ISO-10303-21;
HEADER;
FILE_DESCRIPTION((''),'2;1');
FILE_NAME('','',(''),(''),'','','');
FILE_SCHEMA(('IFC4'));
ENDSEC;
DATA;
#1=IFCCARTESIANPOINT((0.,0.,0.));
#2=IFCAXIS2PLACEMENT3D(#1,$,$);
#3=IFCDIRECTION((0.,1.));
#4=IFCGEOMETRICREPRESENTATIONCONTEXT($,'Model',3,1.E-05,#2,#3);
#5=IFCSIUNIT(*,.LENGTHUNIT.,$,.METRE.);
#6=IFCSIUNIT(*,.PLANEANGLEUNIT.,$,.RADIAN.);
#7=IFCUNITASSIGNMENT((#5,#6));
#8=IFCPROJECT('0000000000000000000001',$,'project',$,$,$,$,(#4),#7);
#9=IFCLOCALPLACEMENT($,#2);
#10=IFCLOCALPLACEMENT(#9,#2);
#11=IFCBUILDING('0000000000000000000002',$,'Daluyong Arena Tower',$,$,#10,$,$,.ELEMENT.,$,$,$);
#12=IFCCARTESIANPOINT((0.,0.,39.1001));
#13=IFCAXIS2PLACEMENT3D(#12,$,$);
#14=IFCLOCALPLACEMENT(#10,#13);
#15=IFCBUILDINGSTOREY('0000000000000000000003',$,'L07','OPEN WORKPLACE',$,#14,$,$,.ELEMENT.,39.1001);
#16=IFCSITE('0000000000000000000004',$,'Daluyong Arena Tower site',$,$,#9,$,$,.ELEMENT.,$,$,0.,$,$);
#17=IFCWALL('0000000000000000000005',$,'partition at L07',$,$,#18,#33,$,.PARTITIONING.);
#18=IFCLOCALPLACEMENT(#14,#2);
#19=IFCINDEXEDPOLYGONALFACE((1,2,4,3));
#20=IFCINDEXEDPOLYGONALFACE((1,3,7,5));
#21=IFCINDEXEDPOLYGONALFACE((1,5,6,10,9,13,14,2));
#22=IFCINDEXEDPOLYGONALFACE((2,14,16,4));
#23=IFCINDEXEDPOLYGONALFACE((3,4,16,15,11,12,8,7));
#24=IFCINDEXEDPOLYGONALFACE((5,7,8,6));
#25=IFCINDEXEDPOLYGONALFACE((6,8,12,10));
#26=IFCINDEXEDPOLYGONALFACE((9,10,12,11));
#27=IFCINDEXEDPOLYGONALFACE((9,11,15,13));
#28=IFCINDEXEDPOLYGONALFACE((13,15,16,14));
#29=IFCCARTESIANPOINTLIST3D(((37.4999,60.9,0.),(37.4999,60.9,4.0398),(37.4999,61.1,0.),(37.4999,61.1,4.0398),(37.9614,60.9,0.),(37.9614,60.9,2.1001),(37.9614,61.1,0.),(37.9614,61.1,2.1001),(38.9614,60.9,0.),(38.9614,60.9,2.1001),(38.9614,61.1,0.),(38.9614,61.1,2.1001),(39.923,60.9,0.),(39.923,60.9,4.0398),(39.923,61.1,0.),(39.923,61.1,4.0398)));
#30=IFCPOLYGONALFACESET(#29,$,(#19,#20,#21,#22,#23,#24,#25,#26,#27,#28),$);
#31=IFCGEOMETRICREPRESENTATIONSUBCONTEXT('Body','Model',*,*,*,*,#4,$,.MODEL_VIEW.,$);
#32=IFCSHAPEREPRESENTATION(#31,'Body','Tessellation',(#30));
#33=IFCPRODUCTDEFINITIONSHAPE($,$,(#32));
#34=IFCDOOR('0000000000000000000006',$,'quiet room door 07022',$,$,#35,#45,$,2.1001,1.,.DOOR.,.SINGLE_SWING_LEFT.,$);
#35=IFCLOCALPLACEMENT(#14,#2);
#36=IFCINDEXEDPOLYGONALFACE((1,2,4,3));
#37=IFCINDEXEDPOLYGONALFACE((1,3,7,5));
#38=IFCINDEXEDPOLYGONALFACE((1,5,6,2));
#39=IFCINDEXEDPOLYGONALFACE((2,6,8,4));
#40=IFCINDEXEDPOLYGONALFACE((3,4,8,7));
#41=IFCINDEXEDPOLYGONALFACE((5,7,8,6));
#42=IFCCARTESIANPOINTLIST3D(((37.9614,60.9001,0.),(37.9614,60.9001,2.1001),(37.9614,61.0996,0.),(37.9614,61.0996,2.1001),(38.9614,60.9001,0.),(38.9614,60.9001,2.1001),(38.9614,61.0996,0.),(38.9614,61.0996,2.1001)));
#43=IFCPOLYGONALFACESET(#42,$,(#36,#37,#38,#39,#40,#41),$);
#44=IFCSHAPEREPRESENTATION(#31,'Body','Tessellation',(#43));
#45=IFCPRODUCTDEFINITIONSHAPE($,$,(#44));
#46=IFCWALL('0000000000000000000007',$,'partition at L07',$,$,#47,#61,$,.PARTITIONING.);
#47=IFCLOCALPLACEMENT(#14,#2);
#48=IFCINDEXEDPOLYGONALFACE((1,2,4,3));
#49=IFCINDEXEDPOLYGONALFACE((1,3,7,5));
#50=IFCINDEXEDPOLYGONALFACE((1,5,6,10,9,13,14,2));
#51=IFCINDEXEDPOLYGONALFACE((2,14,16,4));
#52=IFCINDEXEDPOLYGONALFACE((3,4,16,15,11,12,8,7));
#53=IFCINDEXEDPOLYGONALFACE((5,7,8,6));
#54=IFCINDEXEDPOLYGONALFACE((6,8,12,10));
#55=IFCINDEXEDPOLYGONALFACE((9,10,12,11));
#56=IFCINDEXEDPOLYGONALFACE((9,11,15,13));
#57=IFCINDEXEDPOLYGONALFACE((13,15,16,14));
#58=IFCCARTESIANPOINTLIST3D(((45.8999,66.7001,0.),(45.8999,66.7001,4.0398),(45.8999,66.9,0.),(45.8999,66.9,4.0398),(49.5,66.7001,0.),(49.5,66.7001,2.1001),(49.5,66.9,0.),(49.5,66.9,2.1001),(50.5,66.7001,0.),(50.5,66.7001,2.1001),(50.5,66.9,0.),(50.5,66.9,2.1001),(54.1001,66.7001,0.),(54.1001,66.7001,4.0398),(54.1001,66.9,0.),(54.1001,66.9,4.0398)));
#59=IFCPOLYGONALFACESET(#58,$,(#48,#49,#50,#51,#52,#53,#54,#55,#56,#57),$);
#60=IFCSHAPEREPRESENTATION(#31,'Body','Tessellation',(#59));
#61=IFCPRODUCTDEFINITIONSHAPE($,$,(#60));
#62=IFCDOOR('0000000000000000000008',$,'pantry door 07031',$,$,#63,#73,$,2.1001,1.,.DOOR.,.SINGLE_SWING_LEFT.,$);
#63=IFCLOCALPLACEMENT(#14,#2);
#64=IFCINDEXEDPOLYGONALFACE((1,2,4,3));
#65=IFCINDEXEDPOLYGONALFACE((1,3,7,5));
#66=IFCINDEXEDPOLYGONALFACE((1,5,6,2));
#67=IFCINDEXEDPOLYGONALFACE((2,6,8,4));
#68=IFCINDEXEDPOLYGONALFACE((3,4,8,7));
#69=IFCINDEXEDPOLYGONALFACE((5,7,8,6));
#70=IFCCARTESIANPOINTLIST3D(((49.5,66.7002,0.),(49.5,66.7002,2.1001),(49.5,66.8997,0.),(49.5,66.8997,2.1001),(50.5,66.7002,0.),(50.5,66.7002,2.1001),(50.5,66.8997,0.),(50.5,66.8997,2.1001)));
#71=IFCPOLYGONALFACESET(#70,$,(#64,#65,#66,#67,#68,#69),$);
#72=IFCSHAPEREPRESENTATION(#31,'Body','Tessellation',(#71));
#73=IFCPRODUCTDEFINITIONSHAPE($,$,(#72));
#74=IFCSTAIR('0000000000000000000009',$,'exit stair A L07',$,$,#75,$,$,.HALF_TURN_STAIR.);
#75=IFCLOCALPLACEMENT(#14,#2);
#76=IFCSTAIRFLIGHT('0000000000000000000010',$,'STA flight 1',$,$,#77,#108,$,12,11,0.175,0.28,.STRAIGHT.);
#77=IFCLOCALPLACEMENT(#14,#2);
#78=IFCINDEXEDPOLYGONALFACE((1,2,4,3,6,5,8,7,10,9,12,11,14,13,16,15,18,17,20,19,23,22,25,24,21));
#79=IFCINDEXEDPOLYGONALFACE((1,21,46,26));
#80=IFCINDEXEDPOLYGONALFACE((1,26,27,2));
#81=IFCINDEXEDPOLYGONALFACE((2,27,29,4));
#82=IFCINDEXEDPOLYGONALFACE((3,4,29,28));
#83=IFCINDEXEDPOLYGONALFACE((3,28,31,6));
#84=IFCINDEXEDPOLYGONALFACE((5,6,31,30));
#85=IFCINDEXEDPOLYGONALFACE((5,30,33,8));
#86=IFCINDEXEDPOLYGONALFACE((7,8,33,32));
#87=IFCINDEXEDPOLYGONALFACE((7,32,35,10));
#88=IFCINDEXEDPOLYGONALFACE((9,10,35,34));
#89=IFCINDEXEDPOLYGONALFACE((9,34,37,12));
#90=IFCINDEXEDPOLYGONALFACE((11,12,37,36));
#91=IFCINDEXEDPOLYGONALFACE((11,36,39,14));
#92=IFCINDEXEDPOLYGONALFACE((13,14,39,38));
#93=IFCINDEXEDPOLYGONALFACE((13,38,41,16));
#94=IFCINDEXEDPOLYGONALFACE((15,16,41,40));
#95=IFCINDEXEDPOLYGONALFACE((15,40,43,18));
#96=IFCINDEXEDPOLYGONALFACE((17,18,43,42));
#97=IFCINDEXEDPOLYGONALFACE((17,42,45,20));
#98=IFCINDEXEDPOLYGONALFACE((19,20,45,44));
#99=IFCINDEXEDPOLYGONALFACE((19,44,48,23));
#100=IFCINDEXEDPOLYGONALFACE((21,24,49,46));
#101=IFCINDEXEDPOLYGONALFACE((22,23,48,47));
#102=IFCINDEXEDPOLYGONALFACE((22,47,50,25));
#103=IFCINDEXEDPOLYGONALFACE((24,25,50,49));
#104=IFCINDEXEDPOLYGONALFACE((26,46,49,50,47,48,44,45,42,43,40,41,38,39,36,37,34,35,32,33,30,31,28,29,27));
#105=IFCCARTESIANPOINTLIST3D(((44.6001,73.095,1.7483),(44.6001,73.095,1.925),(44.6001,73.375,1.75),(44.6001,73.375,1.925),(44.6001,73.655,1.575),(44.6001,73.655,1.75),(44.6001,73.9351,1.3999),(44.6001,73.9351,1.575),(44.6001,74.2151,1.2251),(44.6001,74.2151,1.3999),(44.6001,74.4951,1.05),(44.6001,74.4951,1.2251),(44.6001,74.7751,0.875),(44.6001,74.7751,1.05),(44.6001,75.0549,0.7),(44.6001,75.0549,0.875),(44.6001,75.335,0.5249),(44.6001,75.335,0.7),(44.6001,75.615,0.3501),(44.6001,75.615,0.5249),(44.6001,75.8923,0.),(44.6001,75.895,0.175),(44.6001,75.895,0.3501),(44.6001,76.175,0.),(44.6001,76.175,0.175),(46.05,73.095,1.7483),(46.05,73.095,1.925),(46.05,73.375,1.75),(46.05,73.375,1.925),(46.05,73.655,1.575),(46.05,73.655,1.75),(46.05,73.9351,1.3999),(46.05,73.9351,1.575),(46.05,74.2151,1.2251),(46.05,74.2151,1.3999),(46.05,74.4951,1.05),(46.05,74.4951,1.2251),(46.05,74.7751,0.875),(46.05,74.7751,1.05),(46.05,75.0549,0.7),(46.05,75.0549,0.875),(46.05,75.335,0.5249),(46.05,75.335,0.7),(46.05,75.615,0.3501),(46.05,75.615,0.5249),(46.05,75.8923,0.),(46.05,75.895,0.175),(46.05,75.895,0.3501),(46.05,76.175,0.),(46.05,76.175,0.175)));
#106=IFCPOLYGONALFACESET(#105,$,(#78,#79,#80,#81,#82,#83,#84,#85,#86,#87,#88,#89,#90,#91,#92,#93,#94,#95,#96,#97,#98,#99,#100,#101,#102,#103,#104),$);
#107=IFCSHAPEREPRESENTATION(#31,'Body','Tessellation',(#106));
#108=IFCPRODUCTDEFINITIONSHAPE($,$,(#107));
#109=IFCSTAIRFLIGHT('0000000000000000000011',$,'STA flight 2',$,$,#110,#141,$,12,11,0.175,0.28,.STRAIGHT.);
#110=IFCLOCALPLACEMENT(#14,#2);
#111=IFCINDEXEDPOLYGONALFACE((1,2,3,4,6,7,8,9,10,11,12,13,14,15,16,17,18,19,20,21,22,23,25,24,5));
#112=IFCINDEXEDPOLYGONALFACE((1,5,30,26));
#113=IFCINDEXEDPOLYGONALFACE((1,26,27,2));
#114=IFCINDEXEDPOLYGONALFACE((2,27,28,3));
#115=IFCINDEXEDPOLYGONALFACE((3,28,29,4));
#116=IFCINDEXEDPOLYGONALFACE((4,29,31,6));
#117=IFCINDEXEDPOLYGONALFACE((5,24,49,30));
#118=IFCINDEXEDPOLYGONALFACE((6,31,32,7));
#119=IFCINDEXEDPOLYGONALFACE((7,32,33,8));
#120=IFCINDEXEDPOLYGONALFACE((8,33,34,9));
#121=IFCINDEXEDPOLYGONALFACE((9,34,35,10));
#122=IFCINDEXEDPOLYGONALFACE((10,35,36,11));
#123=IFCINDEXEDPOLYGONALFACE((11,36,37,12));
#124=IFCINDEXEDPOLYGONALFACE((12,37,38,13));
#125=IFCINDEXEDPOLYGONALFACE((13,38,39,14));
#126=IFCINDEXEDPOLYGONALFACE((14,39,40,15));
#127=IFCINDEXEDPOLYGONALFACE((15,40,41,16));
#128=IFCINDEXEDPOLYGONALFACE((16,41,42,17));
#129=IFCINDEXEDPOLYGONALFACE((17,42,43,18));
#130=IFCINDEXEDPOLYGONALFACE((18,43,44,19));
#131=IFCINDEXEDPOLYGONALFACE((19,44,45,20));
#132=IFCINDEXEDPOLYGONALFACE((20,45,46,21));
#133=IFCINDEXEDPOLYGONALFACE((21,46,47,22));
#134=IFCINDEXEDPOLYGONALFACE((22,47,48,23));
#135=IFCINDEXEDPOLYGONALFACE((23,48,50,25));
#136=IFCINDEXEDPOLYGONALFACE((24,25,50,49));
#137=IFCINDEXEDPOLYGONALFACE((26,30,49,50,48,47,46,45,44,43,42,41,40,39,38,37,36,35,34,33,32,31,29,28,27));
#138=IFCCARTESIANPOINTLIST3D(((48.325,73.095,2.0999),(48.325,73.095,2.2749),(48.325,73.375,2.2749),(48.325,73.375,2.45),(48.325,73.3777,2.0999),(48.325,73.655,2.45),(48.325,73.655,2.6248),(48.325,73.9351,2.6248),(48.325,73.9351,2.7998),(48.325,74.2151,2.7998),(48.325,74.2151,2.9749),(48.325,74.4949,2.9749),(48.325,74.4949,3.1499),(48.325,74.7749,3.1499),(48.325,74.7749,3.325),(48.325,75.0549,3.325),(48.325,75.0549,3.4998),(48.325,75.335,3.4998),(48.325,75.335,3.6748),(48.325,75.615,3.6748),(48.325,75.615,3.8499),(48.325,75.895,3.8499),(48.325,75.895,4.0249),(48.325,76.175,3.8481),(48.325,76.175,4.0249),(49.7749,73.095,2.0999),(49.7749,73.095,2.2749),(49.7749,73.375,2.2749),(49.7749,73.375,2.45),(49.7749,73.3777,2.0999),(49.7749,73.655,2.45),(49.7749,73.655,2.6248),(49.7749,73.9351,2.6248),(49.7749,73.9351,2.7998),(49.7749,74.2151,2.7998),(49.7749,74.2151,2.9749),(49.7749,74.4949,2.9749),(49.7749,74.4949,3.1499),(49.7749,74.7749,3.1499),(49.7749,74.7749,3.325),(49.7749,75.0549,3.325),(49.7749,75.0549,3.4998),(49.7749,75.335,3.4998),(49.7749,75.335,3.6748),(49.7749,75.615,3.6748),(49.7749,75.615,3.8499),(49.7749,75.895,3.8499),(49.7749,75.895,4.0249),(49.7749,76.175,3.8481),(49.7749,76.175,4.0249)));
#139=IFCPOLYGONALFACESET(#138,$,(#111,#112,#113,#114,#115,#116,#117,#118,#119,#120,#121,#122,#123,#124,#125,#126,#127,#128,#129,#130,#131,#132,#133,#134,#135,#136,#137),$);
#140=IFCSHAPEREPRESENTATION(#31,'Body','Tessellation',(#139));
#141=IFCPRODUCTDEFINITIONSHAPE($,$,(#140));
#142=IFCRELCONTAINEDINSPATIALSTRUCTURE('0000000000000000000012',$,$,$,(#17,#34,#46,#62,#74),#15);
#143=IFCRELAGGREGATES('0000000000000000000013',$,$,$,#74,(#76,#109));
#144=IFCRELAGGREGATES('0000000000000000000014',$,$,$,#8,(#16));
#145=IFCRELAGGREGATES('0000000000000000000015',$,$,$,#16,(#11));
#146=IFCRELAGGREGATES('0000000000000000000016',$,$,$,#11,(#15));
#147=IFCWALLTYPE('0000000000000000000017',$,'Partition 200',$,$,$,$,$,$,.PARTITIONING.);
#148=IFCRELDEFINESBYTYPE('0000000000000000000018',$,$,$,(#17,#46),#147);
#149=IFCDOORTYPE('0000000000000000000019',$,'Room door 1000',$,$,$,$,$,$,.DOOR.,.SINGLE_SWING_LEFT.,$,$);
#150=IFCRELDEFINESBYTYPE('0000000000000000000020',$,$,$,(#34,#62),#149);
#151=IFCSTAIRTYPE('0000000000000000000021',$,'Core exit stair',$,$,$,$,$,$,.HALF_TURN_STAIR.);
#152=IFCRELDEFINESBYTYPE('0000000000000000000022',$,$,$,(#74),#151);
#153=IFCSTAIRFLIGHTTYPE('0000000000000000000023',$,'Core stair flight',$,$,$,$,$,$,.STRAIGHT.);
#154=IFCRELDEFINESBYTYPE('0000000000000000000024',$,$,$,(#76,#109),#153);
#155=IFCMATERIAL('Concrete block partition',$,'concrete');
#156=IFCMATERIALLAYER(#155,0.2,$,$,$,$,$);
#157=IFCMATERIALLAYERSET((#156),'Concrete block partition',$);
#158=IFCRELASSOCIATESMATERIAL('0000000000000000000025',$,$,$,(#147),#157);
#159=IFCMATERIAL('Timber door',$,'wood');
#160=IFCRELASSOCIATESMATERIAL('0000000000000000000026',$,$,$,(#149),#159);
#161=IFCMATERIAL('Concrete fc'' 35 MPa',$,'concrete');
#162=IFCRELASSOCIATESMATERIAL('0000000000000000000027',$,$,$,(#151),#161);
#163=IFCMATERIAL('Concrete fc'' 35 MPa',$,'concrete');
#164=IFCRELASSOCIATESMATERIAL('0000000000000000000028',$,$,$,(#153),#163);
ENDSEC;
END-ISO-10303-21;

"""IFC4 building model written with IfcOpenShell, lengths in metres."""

from ifc_helpers import new_model, si_unit, direction, frame, frame_2d, origin, place, context, subcontext, project, spatial, polyline, rectangle, outline, extrude, material, layer, layer_set, type_object, element, fill, aggregate, save


model = new_model("IFC4")

# Units and contexts
model_context = context("Model", 3, precision=1e-05, world=origin(), true_north=direction((0.0, 1.0)))
body_context = subcontext(model_context, "Body", "Model", "MODEL_VIEW")
ifc_project = project(units=[si_unit("LENGTHUNIT", "METRE"), si_unit("PLANEANGLEUNIT", "RADIAN")], contexts=[model_context])

# Site, building, storey
site_placement = place(None, origin())
site = spatial("IfcSite", under=ifc_project, at=site_placement, Name="Daluyong Arena Tower site", CompositionType="ELEMENT", RefElevation=0.0)
building_placement = place(site_placement, origin())
building = spatial("IfcBuilding", under=site, at=building_placement, Name="Daluyong Arena Tower", CompositionType="ELEMENT")
storey_placement = place(building_placement, frame((0.0, 0.0, 39.1001)))
storey = spatial("IfcBuildingStorey", under=building, at=storey_placement, Name="L07", Description="OPEN WORKPLACE", CompositionType="ELEMENT", Elevation=39.1001)

# Shared definitions
ifc_material_1 = material(Name="Concrete block partition", Category="concrete")
ifc_layer_1 = layer(ifc_material_1, 0.2)
ifc_layer_set_1 = layer_set([ifc_layer_1], Name="Concrete block partition")
wall_type_1 = type_object("IfcWallType", Name="Partition 200", PredefinedType="PARTITIONING", material=ifc_layer_set_1)

# Walls, openings, doors
wall_1_placement = place(storey_placement, frame((37.5, 61.0, 0.0), z_axis=(0.0, 0.0, 1.0), x_axis=(1.0, 0.0, 0.0)))
wall_1 = element("IfcWall", 1, at=wall_1_placement, inside=storey, type_object=wall_type_1, Name="partition at L07", PredefinedType="PARTITIONING", context=body_context, shape_type="SweptSolid", body=[
    extrude(rectangle(XDim=2.4231, YDim=0.2, at=frame_2d((1.2114, 0.0))), origin(), (0.0, 0.0, 1.0), 4.0398),
])
opening_1_placement = place(wall_1_placement, frame((0.4614, 0.0, 0.0)))
opening_1 = element("IfcOpeningElement", 2, at=opening_1_placement, cuts=wall_1, PredefinedType="OPENING", context=body_context, shape_type="SweptSolid", body=[
    extrude(rectangle(XDim=1.0, YDim=2.1001, at=frame_2d((0.5, 1.05))), frame((0.0, 0.1099, 0.0), z_axis=(0.0, -1.0, 0.0), x_axis=(1.0, 0.0, 0.0)), (0.0, 0.0, 1.0), 0.22),
])
ifc_material_2 = material(Name="Timber door", Category="wood")
door_type_1 = type_object("IfcDoorType", Name="Room door 1000", OperationType="SINGLE_SWING_LEFT", PredefinedType="DOOR", material=ifc_material_2)
door_1_placement = place(opening_1_placement, origin())
door_1 = element("IfcDoor", 3, at=door_1_placement, inside=storey, type_object=door_type_1, Name="quiet room door 07022", OperationType="SINGLE_SWING_LEFT", OverallHeight=2.1001, OverallWidth=1.0, PredefinedType="DOOR", context=body_context, shape_type="SweptSolid", body=[
    extrude(rectangle(XDim=1.0, YDim=2.1001, at=frame_2d((0.5, 1.05))), frame((0.0, 0.0996, 0.0), z_axis=(0.0, -1.0, 0.0), x_axis=(1.0, 0.0, 0.0)), (0.0, 0.0, 1.0), 0.1995),
])
fill(opening_1, door_1)
wall_2_placement = place(storey_placement, frame((45.8999, 66.8, 0.0), z_axis=(0.0, 0.0, 1.0), x_axis=(1.0, 0.0, 0.0)))
wall_2 = element("IfcWall", 4, at=wall_2_placement, inside=storey, type_object=wall_type_1, Name="partition at L07", PredefinedType="PARTITIONING", context=body_context, shape_type="SweptSolid", body=[
    extrude(rectangle(XDim=8.2002, YDim=0.2, at=frame_2d((4.1001, 0.0))), origin(), (0.0, 0.0, 1.0), 4.0398),
])
opening_2_placement = place(wall_2_placement, frame((3.6001, 0.0, 0.0)))
opening_2 = element("IfcOpeningElement", 5, at=opening_2_placement, cuts=wall_2, PredefinedType="OPENING", context=body_context, shape_type="SweptSolid", body=[
    extrude(rectangle(XDim=1.0, YDim=2.1001, at=frame_2d((0.5, 1.05))), frame((0.0, 0.1099, 0.0), z_axis=(0.0, -1.0, 0.0), x_axis=(1.0, 0.0, 0.0)), (0.0, 0.0, 1.0), 0.22),
])
door_2_placement = place(opening_2_placement, origin())
door_2 = element("IfcDoor", 6, at=door_2_placement, inside=storey, type_object=door_type_1, Name="pantry door 07031", OperationType="SINGLE_SWING_LEFT", OverallHeight=2.1001, OverallWidth=1.0, PredefinedType="DOOR", context=body_context, shape_type="SweptSolid", body=[
    extrude(rectangle(XDim=1.0, YDim=2.1001, at=frame_2d((0.5, 1.05))), frame((0.0, 0.0996, 0.0), z_axis=(0.0, -1.0, 0.0), x_axis=(1.0, 0.0, 0.0)), (0.0, 0.0, 1.0), 0.1995),
])
fill(opening_2, door_2)

# Stair, stair flights
ifc_material_3 = material(Name="Concrete fc' 35 MPa", Category="concrete")
stair_type = type_object("IfcStairType", Name="Core exit stair", PredefinedType="HALF_TURN_STAIR", material=ifc_material_3)
stair_placement = place(storey_placement, origin())
stair = element("IfcStair", 7, at=stair_placement, inside=storey, type_object=stair_type, Name="exit stair A L07", PredefinedType="HALF_TURN_STAIR")
ifc_material_4 = material(Name="Concrete fc' 35 MPa", Category="concrete")
stair_flight_type = type_object("IfcStairFlightType", Name="Core stair flight", PredefinedType="STRAIGHT", material=ifc_material_4)
stair_flight_1_placement = place(storey_placement, frame((45.325, 76.175, 0.0), z_axis=(0.0, 0.0, 1.0), x_axis=(0.0, -1.0, 0.0)))
stair_flight_1 = element("IfcStairFlight", 8, at=stair_flight_1_placement, type_object=stair_flight_type, Name="STA flight 1", NumberOfRisers=12, NumberOfTreads=11, PredefinedType="STRAIGHT", RiserHeight=0.175, TreadLength=0.28, context=body_context, shape_type="SweptSolid", body=[
    extrude(outline(polyline([(0.0, 0.0), (0.0, 0.175), (0.28, 0.175), (0.28, 0.3501), (0.5601, 0.3501), (0.5601, 0.5249), (0.8401, 0.5249), (0.8401, 0.7), (1.1201, 0.7), (1.1201, 0.875), (1.3999, 0.875), (1.3999, 1.05), (1.6799, 1.05), (1.6799, 1.2251), (1.96, 1.2251), (1.96, 1.3999), (2.24, 1.3999), (2.24, 1.575), (2.52, 1.575), (2.52, 1.75), (2.8, 1.75), (2.8, 1.925), (3.0801, 1.925), (3.0801, 2.1001), (3.0801, 1.7483), (0.2827, 0.0), (0.0, 0.0)])), frame((0.0, 0.7251, 0.0), z_axis=(0.0, -1.0, 0.0), x_axis=(1.0, 0.0, 0.0)), (0.0, 0.0, 1.0), 1.45),
])
stair_flight_2_placement = place(storey_placement, frame((49.05, 73.095, 2.0999), z_axis=(0.0, 0.0, 1.0), x_axis=(0.0, 1.0, 0.0)))
stair_flight_2 = element("IfcStairFlight", 9, at=stair_flight_2_placement, type_object=stair_flight_type, Name="STA flight 2", NumberOfRisers=12, NumberOfTreads=11, PredefinedType="STRAIGHT", RiserHeight=0.175, TreadLength=0.28, context=body_context, shape_type="SweptSolid", body=[
    extrude(outline(polyline([(0.0, 0.0), (0.0, 0.175), (0.28, 0.175), (0.28, 0.3501), (0.5601, 0.3501), (0.5601, 0.5249), (0.8401, 0.5249), (0.8401, 0.7), (1.1201, 0.7), (1.1201, 0.875), (1.3999, 0.875), (1.3999, 1.05), (1.6799, 1.05), (1.6799, 1.2251), (1.96, 1.2251), (1.96, 1.3999), (2.24, 1.3999), (2.24, 1.575), (2.52, 1.575), (2.52, 1.75), (2.8, 1.75), (2.8, 1.925), (3.0801, 1.925), (3.0801, 2.1001), (3.0801, 1.7483), (0.2827, 0.0), (0.0, 0.0)])), frame((0.0, 0.7251, 0.0), z_axis=(0.0, -1.0, 0.0), x_axis=(1.0, 0.0, 0.0)), (0.0, 0.0, 1.0), 1.45),
])
aggregate(stair, [stair_flight_1, stair_flight_2])

save(model, "model.ifc")
